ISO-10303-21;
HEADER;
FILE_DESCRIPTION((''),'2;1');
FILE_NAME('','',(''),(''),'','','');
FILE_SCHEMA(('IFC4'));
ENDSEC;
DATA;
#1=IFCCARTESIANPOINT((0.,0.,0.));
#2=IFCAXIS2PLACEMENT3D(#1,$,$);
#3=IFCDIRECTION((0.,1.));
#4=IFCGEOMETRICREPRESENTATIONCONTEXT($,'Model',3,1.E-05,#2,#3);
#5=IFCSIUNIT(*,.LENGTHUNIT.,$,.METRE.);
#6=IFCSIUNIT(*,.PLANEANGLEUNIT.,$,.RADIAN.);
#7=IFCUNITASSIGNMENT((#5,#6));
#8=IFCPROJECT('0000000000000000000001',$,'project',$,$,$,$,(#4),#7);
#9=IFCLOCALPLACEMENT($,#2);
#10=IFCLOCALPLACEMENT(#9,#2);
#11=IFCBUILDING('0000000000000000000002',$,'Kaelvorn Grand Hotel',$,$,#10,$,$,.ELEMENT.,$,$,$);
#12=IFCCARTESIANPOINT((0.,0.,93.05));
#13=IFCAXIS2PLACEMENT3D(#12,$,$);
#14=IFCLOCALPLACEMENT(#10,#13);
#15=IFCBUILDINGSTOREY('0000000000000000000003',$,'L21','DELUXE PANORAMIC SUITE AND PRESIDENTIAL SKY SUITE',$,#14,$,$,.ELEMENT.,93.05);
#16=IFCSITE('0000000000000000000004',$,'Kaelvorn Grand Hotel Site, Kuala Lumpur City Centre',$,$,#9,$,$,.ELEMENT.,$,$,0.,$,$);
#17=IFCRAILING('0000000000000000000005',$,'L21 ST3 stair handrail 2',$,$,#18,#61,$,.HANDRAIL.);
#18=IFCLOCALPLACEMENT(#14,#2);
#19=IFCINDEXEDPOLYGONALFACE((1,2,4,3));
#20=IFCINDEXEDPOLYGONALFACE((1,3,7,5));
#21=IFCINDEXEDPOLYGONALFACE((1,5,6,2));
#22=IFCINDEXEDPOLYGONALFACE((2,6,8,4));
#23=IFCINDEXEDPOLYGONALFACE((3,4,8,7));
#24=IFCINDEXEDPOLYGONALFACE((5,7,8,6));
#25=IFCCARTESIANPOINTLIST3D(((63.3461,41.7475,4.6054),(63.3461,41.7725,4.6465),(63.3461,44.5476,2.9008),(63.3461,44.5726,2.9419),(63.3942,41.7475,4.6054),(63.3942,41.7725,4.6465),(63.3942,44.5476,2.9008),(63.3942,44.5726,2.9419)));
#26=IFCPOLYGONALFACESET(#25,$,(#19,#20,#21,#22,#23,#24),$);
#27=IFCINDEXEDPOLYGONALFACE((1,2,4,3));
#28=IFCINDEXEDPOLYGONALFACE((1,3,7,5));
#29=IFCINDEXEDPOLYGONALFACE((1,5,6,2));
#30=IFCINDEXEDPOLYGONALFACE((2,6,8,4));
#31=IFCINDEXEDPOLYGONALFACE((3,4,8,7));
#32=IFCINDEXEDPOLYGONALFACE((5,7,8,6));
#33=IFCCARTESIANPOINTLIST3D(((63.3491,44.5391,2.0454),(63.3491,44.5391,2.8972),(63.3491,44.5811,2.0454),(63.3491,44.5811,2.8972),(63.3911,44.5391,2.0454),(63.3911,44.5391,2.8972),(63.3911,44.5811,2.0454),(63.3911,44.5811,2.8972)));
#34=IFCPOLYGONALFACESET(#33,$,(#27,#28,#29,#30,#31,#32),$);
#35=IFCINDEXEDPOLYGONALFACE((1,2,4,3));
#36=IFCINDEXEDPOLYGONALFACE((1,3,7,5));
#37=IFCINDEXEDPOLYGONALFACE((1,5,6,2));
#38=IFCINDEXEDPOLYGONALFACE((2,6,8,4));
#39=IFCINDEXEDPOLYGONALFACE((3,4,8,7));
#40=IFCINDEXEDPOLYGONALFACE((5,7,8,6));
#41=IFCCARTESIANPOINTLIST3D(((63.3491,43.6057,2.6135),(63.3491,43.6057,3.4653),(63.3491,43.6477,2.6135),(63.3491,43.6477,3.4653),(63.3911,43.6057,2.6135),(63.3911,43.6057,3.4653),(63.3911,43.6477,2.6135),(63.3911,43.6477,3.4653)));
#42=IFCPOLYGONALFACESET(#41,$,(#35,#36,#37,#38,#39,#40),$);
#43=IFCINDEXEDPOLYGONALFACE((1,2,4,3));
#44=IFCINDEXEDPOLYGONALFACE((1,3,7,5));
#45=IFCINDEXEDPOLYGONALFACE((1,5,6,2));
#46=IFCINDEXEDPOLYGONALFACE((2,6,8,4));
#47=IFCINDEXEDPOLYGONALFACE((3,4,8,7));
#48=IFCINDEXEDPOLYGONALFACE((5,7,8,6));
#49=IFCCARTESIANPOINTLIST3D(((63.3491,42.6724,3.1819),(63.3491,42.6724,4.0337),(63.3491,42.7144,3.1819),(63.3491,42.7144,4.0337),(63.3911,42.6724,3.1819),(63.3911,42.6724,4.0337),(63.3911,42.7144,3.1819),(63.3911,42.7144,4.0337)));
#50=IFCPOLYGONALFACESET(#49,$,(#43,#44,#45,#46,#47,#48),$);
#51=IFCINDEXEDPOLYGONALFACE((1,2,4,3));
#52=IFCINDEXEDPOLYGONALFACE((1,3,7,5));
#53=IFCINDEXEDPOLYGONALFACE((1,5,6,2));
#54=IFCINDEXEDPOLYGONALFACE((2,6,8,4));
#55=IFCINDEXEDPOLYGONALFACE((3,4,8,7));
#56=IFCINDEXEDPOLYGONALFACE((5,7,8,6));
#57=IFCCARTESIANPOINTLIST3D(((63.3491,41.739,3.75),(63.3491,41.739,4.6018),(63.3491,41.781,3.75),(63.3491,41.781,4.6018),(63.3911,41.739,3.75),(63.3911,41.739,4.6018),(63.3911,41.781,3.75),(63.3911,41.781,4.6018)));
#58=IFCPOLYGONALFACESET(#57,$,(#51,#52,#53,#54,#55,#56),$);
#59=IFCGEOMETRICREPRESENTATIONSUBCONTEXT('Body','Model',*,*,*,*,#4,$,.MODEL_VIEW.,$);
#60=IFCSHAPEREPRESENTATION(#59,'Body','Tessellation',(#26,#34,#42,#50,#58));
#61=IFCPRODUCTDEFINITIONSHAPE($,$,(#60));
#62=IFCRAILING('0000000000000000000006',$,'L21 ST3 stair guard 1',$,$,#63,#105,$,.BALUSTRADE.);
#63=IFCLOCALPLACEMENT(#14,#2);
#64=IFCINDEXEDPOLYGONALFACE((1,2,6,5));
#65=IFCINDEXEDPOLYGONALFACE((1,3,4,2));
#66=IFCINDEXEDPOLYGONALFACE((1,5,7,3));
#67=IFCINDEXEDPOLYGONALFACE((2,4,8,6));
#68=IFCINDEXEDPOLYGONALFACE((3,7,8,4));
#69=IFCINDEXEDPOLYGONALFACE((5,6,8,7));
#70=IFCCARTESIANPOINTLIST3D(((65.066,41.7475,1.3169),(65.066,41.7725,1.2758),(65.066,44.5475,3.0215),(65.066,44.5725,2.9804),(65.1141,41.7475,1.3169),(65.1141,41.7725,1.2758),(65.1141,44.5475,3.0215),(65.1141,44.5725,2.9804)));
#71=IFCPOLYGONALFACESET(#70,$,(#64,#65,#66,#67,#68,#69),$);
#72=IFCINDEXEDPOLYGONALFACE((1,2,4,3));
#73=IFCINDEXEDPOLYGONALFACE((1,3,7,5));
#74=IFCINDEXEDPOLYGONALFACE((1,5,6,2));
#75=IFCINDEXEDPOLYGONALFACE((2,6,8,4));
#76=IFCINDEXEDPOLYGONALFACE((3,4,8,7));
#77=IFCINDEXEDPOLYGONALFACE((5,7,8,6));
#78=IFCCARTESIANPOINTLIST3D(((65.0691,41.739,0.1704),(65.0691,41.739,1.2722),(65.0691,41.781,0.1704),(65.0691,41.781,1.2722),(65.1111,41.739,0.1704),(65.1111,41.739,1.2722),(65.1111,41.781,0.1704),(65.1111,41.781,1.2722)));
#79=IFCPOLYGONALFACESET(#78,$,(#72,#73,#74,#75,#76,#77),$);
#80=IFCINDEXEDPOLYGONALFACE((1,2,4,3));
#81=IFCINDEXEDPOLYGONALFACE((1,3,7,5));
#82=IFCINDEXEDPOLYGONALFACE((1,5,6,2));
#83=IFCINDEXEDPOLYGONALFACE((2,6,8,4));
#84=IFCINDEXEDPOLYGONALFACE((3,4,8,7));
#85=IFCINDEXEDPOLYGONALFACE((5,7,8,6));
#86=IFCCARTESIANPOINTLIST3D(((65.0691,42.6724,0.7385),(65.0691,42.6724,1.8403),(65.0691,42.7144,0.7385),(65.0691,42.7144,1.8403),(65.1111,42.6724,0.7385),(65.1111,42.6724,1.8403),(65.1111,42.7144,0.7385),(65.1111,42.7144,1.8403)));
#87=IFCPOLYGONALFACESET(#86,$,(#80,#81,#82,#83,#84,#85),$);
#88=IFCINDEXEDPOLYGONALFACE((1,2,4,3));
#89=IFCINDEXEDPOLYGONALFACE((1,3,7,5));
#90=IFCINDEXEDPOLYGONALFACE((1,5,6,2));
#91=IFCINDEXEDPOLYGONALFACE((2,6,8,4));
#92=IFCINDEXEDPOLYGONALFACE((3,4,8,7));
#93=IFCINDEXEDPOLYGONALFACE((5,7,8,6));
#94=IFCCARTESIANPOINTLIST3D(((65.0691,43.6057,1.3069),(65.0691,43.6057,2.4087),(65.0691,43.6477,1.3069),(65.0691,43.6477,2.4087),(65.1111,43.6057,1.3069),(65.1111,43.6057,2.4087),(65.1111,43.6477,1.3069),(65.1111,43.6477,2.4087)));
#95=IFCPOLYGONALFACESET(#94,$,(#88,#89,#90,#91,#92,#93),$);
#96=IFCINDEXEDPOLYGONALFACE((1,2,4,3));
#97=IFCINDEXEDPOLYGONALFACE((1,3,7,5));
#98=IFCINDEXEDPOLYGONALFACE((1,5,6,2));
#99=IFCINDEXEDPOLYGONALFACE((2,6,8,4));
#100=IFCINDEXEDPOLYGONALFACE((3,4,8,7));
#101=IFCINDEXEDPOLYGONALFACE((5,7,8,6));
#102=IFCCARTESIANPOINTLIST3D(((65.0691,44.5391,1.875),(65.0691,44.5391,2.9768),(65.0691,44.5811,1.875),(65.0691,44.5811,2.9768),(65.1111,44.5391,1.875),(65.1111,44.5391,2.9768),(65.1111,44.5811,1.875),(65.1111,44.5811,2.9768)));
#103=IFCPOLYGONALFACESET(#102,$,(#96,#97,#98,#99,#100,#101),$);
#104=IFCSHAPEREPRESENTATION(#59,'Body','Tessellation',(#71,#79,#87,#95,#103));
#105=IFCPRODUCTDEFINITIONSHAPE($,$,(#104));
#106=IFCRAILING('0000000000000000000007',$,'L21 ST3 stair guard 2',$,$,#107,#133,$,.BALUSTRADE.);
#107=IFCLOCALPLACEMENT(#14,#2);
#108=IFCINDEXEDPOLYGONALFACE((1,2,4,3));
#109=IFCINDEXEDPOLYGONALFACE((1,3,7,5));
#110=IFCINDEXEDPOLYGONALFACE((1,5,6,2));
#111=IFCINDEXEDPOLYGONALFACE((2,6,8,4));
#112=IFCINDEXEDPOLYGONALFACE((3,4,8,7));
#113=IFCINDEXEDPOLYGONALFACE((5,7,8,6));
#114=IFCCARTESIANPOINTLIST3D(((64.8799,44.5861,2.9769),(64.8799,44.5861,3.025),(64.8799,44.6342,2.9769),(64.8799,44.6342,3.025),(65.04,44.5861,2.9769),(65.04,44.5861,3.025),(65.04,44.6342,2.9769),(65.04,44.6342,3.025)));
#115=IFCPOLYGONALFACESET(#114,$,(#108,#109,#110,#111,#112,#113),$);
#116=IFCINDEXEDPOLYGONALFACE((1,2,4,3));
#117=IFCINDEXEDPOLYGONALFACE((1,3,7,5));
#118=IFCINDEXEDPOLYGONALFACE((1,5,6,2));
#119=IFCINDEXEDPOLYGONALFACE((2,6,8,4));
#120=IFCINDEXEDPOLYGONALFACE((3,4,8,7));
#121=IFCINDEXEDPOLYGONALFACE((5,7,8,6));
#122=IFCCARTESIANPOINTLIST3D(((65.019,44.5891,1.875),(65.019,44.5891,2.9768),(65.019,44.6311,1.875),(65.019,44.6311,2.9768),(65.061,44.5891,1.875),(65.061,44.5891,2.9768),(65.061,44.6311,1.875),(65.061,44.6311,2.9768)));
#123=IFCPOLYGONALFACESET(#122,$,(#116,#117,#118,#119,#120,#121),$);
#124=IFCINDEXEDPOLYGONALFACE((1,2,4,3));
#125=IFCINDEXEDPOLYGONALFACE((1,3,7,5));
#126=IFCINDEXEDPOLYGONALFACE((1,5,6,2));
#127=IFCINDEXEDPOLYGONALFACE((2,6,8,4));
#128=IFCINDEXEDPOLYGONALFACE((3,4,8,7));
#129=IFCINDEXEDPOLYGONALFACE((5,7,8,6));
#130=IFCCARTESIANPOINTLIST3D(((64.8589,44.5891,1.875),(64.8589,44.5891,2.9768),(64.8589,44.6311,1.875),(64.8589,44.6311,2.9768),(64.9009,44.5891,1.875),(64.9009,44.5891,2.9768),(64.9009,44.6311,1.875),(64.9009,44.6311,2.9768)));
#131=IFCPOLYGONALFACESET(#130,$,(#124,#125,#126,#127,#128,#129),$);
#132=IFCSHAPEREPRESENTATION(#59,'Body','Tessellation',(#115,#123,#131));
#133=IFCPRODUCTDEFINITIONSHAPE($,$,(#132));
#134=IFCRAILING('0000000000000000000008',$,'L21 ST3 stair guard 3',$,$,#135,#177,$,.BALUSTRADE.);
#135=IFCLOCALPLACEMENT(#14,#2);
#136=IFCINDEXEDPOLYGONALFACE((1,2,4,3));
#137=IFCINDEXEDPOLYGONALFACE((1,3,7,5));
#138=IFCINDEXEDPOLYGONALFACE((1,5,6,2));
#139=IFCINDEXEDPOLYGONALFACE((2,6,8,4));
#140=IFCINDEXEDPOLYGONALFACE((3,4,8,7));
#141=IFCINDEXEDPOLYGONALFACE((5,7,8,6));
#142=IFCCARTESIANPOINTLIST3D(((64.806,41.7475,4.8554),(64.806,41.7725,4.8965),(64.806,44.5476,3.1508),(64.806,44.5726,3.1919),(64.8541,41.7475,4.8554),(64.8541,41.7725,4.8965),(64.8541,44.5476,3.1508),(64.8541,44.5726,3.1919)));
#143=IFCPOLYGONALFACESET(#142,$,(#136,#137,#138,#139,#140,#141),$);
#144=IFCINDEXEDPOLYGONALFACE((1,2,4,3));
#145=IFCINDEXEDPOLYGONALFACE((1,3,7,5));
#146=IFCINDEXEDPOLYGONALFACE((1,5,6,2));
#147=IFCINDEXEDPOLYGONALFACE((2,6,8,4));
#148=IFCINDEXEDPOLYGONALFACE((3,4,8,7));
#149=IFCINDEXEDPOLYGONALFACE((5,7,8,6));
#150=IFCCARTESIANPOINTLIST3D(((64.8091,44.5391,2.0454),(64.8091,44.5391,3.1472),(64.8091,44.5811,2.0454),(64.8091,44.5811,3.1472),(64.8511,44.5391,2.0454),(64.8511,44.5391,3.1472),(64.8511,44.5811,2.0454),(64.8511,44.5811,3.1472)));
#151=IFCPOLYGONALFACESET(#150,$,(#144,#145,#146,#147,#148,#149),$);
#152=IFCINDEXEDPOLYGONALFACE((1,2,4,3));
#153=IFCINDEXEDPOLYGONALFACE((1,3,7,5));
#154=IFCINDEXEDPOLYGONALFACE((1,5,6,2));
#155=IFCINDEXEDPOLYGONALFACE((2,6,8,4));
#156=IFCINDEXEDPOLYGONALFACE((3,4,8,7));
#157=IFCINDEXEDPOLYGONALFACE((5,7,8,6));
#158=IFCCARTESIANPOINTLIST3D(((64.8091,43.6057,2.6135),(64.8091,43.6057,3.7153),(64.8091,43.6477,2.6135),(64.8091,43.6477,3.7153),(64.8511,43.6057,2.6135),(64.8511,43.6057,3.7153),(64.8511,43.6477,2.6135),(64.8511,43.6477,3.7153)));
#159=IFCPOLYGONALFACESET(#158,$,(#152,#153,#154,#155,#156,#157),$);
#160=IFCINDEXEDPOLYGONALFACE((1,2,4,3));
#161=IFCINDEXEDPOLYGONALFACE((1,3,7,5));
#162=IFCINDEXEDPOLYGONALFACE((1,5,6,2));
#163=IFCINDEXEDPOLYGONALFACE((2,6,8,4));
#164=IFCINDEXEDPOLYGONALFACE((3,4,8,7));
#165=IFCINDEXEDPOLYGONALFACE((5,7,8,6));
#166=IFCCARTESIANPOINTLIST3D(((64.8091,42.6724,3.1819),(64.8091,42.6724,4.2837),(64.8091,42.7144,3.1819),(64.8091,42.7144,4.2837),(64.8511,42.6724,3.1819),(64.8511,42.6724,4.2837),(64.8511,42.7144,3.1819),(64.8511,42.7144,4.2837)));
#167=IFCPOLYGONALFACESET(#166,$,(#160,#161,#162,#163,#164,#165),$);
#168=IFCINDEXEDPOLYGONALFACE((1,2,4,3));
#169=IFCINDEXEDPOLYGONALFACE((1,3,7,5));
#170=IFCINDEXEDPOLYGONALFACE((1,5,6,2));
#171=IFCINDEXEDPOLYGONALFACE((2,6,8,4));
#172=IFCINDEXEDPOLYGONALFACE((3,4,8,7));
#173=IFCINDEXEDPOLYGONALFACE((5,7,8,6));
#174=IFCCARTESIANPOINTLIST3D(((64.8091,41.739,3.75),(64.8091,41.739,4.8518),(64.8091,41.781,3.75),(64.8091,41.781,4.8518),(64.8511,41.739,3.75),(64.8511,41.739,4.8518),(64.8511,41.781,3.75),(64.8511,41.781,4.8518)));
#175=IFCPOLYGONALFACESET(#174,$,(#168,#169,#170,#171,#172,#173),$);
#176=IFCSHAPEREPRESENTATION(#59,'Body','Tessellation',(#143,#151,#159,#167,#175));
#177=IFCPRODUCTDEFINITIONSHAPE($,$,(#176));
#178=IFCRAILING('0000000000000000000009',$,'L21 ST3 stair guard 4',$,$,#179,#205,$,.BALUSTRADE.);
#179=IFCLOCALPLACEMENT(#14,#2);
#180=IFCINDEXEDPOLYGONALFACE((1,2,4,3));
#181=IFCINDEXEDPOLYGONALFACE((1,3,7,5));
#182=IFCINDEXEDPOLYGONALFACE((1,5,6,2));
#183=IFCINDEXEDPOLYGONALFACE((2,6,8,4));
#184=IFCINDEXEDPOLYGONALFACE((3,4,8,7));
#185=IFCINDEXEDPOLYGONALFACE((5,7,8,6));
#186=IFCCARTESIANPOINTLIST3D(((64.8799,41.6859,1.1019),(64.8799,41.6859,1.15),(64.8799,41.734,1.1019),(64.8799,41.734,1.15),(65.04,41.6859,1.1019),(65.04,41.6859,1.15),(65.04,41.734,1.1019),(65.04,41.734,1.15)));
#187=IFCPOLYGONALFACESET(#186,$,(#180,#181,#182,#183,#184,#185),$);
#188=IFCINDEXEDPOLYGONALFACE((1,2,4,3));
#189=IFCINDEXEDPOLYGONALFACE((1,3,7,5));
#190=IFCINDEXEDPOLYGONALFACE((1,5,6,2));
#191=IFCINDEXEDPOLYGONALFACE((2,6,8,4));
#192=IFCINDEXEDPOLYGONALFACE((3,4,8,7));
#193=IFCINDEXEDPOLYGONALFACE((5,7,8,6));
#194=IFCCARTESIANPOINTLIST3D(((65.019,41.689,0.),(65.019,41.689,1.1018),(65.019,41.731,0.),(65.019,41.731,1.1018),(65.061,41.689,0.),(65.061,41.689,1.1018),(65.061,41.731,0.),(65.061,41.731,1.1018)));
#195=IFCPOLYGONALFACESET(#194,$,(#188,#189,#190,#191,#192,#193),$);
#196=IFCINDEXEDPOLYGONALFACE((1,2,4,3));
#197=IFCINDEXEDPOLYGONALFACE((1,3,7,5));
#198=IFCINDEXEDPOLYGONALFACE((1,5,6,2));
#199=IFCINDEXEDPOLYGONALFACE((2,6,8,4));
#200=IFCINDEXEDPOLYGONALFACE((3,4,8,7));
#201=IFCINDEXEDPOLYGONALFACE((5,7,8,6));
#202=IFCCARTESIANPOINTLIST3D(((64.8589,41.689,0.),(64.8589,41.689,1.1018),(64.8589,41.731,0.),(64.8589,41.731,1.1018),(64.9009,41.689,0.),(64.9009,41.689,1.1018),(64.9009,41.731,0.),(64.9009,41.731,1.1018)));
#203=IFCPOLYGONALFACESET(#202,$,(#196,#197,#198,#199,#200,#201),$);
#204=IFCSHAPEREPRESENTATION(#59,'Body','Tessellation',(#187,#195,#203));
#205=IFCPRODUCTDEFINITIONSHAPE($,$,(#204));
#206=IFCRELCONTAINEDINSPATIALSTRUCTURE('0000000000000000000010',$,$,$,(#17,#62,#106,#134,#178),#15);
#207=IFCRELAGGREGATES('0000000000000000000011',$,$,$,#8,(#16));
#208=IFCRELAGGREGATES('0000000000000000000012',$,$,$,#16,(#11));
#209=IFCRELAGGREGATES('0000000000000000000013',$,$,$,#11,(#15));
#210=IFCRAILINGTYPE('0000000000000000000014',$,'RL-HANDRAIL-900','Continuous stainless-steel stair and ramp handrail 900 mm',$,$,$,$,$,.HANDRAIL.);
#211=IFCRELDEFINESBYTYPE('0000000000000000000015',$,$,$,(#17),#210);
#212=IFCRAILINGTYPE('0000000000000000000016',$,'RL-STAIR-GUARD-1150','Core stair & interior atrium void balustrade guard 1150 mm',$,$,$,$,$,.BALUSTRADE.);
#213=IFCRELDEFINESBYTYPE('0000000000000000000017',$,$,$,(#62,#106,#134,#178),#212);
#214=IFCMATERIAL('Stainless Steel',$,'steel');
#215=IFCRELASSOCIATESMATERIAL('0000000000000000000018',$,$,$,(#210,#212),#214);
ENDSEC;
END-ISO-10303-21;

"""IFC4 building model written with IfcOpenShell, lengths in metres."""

from ifc_helpers import new_model, si_unit, direction, frame, origin, origin_2d, place, context, subcontext, project, spatial, rectangle, extrude, material, type_object, element, save


model = new_model("IFC4")

# Units and contexts
model_context = context("Model", 3, precision=1e-05, world=origin(), true_north=direction((0.0, 1.0)))
body_context = subcontext(model_context, "Body", "Model", "MODEL_VIEW")
ifc_project = project(units=[si_unit("LENGTHUNIT", "METRE"), si_unit("PLANEANGLEUNIT", "RADIAN")], contexts=[model_context])

# Site, building, storey
site_placement = place(None, origin())
site = spatial("IfcSite", under=ifc_project, at=site_placement, Name="Kaelvorn Grand Hotel Site, Kuala Lumpur City Centre", CompositionType="ELEMENT", RefElevation=0.0)
building_placement = place(site_placement, origin())
building = spatial("IfcBuilding", under=site, at=building_placement, Name="Kaelvorn Grand Hotel", CompositionType="ELEMENT")
storey_placement = place(building_placement, frame((0.0, 0.0, 93.05)))
storey = spatial("IfcBuildingStorey", under=building, at=storey_placement, Name="L21", Description="DELUXE PANORAMIC SUITE AND PRESIDENTIAL SKY SUITE", CompositionType="ELEMENT", Elevation=93.05)

# Railings
ifc_material_1 = material(Name="Stainless Steel", Category="steel")
railing_type_1 = type_object("IfcRailingType", Name="RL-HANDRAIL-900", Description="Continuous stainless-steel stair and ramp handrail 900 mm", PredefinedType="HANDRAIL", material=ifc_material_1)
railing_1_placement = place(storey_placement, frame((63.3701, 44.5601, 2.0454)))
element("IfcRailing", 1, at=railing_1_placement, inside=storey, type_object=railing_type_1, Name="L21 ST3 stair handrail 2", PredefinedType="HANDRAIL", context=body_context, shape_type="SweptSolid", body=[
    extrude(rectangle(XDim=0.0481, YDim=0.0481, at=origin_2d()), frame((0.0, 0.0, 0.876), z_axis=(0.0, -0.85417, 0.519994), x_axis=(1.0, 0.0, 0.0)), (0.0, 0.0, 1.0), 3.2781),
    extrude(rectangle(XDim=0.042, YDim=0.042, at=origin_2d()), origin(), (0.0, 0.0, 1.0), 0.8518),
    extrude(rectangle(XDim=0.042, YDim=0.042, at=origin_2d()), frame((0.0, -0.9333, 0.5681)), (0.0, 0.0, 1.0), 0.8518),
    extrude(rectangle(XDim=0.042, YDim=0.042, at=origin_2d()), frame((0.0, -1.8667, 1.1365)), (0.0, 0.0, 1.0), 0.8518),
    extrude(rectangle(XDim=0.042, YDim=0.042, at=origin_2d()), frame((0.0, -2.8, 1.7046)), (0.0, 0.0, 1.0), 0.8518),
])
railing_type_2 = type_object("IfcRailingType", Name="RL-STAIR-GUARD-1150", Description="Core stair & interior atrium void balustrade guard 1150 mm", PredefinedType="BALUSTRADE", material=ifc_material_1)
railing_2_placement = place(storey_placement, frame((65.0901, 41.76, 0.1704)))
element("IfcRailing", 2, at=railing_2_placement, inside=storey, type_object=railing_type_2, Name="L21 ST3 stair guard 1", PredefinedType="BALUSTRADE", context=body_context, shape_type="SweptSolid", body=[
    extrude(rectangle(XDim=0.0481, YDim=0.0481, at=origin_2d()), frame((0.0, 0.0, 1.126), z_axis=(0.0, 0.85417, 0.519994), x_axis=(-1.0, 0.0, 0.0)), (0.0, 0.0, 1.0), 3.2781),
    extrude(rectangle(XDim=0.042, YDim=0.042, at=origin_2d()), origin(), (0.0, 0.0, 1.0), 1.1018),
    extrude(rectangle(XDim=0.042, YDim=0.042, at=origin_2d()), frame((0.0, 0.9333, 0.5681)), (0.0, 0.0, 1.0), 1.1018),
    extrude(rectangle(XDim=0.042, YDim=0.042, at=origin_2d()), frame((0.0, 1.8667, 1.1365)), (0.0, 0.0, 1.0), 1.1018),
    extrude(rectangle(XDim=0.042, YDim=0.042, at=origin_2d()), frame((0.0, 2.8, 1.7046)), (0.0, 0.0, 1.0), 1.1018),
])
railing_3_placement = place(storey_placement, frame((65.04, 44.6101, 1.875)))
element("IfcRailing", 3, at=railing_3_placement, inside=storey, type_object=railing_type_2, Name="L21 ST3 stair guard 2", PredefinedType="BALUSTRADE", context=body_context, shape_type="SweptSolid", body=[
    extrude(rectangle(XDim=0.0481, YDim=0.0481, at=origin_2d()), frame((0.0, 0.0, 1.126), z_axis=(-1.0, 0.0, 0.0), x_axis=(0.0, -1.0, 0.0)), (0.0, 0.0, 1.0), 0.1602),
    extrude(rectangle(XDim=0.042, YDim=0.042, at=origin_2d()), origin(), (0.0, 0.0, 1.0), 1.1018),
    extrude(rectangle(XDim=0.042, YDim=0.042, at=origin_2d()), frame((-0.1602, 0.0, 0.0)), (0.0, 0.0, 1.0), 1.1018),
])
railing_4_placement = place(storey_placement, frame((64.8301, 44.5601, 2.0454)))
element("IfcRailing", 4, at=railing_4_placement, inside=storey, type_object=railing_type_2, Name="L21 ST3 stair guard 3", PredefinedType="BALUSTRADE", context=body_context, shape_type="SweptSolid", body=[
    extrude(rectangle(XDim=0.0481, YDim=0.0481, at=origin_2d()), frame((0.0, 0.0, 1.126), z_axis=(0.0, -0.85417, 0.519994), x_axis=(1.0, 0.0, 0.0)), (0.0, 0.0, 1.0), 3.2781),
    extrude(rectangle(XDim=0.042, YDim=0.042, at=origin_2d()), origin(), (0.0, 0.0, 1.0), 1.1018),
    extrude(rectangle(XDim=0.042, YDim=0.042, at=origin_2d()), frame((0.0, -0.9333, 0.5681)), (0.0, 0.0, 1.0), 1.1018),
    extrude(rectangle(XDim=0.042, YDim=0.042, at=origin_2d()), frame((0.0, -1.8667, 1.1365)), (0.0, 0.0, 1.0), 1.1018),
    extrude(rectangle(XDim=0.042, YDim=0.042, at=origin_2d()), frame((0.0, -2.8, 1.7046)), (0.0, 0.0, 1.0), 1.1018),
])
railing_5_placement = place(storey_placement, frame((65.04, 41.71, 0.0)))
element("IfcRailing", 5, at=railing_5_placement, inside=storey, type_object=railing_type_2, Name="L21 ST3 stair guard 4", PredefinedType="BALUSTRADE", context=body_context, shape_type="SweptSolid", body=[
    extrude(rectangle(XDim=0.0481, YDim=0.0481, at=origin_2d()), frame((0.0, 0.0, 1.126), z_axis=(-1.0, 0.0, 0.0), x_axis=(0.0, -1.0, 0.0)), (0.0, 0.0, 1.0), 0.1602),
    extrude(rectangle(XDim=0.042, YDim=0.042, at=origin_2d()), origin(), (0.0, 0.0, 1.0), 1.1018),
    extrude(rectangle(XDim=0.042, YDim=0.042, at=origin_2d()), frame((-0.1602, 0.0, 0.0)), (0.0, 0.0, 1.0), 1.1018),
])

save(model, "model.ifc")
